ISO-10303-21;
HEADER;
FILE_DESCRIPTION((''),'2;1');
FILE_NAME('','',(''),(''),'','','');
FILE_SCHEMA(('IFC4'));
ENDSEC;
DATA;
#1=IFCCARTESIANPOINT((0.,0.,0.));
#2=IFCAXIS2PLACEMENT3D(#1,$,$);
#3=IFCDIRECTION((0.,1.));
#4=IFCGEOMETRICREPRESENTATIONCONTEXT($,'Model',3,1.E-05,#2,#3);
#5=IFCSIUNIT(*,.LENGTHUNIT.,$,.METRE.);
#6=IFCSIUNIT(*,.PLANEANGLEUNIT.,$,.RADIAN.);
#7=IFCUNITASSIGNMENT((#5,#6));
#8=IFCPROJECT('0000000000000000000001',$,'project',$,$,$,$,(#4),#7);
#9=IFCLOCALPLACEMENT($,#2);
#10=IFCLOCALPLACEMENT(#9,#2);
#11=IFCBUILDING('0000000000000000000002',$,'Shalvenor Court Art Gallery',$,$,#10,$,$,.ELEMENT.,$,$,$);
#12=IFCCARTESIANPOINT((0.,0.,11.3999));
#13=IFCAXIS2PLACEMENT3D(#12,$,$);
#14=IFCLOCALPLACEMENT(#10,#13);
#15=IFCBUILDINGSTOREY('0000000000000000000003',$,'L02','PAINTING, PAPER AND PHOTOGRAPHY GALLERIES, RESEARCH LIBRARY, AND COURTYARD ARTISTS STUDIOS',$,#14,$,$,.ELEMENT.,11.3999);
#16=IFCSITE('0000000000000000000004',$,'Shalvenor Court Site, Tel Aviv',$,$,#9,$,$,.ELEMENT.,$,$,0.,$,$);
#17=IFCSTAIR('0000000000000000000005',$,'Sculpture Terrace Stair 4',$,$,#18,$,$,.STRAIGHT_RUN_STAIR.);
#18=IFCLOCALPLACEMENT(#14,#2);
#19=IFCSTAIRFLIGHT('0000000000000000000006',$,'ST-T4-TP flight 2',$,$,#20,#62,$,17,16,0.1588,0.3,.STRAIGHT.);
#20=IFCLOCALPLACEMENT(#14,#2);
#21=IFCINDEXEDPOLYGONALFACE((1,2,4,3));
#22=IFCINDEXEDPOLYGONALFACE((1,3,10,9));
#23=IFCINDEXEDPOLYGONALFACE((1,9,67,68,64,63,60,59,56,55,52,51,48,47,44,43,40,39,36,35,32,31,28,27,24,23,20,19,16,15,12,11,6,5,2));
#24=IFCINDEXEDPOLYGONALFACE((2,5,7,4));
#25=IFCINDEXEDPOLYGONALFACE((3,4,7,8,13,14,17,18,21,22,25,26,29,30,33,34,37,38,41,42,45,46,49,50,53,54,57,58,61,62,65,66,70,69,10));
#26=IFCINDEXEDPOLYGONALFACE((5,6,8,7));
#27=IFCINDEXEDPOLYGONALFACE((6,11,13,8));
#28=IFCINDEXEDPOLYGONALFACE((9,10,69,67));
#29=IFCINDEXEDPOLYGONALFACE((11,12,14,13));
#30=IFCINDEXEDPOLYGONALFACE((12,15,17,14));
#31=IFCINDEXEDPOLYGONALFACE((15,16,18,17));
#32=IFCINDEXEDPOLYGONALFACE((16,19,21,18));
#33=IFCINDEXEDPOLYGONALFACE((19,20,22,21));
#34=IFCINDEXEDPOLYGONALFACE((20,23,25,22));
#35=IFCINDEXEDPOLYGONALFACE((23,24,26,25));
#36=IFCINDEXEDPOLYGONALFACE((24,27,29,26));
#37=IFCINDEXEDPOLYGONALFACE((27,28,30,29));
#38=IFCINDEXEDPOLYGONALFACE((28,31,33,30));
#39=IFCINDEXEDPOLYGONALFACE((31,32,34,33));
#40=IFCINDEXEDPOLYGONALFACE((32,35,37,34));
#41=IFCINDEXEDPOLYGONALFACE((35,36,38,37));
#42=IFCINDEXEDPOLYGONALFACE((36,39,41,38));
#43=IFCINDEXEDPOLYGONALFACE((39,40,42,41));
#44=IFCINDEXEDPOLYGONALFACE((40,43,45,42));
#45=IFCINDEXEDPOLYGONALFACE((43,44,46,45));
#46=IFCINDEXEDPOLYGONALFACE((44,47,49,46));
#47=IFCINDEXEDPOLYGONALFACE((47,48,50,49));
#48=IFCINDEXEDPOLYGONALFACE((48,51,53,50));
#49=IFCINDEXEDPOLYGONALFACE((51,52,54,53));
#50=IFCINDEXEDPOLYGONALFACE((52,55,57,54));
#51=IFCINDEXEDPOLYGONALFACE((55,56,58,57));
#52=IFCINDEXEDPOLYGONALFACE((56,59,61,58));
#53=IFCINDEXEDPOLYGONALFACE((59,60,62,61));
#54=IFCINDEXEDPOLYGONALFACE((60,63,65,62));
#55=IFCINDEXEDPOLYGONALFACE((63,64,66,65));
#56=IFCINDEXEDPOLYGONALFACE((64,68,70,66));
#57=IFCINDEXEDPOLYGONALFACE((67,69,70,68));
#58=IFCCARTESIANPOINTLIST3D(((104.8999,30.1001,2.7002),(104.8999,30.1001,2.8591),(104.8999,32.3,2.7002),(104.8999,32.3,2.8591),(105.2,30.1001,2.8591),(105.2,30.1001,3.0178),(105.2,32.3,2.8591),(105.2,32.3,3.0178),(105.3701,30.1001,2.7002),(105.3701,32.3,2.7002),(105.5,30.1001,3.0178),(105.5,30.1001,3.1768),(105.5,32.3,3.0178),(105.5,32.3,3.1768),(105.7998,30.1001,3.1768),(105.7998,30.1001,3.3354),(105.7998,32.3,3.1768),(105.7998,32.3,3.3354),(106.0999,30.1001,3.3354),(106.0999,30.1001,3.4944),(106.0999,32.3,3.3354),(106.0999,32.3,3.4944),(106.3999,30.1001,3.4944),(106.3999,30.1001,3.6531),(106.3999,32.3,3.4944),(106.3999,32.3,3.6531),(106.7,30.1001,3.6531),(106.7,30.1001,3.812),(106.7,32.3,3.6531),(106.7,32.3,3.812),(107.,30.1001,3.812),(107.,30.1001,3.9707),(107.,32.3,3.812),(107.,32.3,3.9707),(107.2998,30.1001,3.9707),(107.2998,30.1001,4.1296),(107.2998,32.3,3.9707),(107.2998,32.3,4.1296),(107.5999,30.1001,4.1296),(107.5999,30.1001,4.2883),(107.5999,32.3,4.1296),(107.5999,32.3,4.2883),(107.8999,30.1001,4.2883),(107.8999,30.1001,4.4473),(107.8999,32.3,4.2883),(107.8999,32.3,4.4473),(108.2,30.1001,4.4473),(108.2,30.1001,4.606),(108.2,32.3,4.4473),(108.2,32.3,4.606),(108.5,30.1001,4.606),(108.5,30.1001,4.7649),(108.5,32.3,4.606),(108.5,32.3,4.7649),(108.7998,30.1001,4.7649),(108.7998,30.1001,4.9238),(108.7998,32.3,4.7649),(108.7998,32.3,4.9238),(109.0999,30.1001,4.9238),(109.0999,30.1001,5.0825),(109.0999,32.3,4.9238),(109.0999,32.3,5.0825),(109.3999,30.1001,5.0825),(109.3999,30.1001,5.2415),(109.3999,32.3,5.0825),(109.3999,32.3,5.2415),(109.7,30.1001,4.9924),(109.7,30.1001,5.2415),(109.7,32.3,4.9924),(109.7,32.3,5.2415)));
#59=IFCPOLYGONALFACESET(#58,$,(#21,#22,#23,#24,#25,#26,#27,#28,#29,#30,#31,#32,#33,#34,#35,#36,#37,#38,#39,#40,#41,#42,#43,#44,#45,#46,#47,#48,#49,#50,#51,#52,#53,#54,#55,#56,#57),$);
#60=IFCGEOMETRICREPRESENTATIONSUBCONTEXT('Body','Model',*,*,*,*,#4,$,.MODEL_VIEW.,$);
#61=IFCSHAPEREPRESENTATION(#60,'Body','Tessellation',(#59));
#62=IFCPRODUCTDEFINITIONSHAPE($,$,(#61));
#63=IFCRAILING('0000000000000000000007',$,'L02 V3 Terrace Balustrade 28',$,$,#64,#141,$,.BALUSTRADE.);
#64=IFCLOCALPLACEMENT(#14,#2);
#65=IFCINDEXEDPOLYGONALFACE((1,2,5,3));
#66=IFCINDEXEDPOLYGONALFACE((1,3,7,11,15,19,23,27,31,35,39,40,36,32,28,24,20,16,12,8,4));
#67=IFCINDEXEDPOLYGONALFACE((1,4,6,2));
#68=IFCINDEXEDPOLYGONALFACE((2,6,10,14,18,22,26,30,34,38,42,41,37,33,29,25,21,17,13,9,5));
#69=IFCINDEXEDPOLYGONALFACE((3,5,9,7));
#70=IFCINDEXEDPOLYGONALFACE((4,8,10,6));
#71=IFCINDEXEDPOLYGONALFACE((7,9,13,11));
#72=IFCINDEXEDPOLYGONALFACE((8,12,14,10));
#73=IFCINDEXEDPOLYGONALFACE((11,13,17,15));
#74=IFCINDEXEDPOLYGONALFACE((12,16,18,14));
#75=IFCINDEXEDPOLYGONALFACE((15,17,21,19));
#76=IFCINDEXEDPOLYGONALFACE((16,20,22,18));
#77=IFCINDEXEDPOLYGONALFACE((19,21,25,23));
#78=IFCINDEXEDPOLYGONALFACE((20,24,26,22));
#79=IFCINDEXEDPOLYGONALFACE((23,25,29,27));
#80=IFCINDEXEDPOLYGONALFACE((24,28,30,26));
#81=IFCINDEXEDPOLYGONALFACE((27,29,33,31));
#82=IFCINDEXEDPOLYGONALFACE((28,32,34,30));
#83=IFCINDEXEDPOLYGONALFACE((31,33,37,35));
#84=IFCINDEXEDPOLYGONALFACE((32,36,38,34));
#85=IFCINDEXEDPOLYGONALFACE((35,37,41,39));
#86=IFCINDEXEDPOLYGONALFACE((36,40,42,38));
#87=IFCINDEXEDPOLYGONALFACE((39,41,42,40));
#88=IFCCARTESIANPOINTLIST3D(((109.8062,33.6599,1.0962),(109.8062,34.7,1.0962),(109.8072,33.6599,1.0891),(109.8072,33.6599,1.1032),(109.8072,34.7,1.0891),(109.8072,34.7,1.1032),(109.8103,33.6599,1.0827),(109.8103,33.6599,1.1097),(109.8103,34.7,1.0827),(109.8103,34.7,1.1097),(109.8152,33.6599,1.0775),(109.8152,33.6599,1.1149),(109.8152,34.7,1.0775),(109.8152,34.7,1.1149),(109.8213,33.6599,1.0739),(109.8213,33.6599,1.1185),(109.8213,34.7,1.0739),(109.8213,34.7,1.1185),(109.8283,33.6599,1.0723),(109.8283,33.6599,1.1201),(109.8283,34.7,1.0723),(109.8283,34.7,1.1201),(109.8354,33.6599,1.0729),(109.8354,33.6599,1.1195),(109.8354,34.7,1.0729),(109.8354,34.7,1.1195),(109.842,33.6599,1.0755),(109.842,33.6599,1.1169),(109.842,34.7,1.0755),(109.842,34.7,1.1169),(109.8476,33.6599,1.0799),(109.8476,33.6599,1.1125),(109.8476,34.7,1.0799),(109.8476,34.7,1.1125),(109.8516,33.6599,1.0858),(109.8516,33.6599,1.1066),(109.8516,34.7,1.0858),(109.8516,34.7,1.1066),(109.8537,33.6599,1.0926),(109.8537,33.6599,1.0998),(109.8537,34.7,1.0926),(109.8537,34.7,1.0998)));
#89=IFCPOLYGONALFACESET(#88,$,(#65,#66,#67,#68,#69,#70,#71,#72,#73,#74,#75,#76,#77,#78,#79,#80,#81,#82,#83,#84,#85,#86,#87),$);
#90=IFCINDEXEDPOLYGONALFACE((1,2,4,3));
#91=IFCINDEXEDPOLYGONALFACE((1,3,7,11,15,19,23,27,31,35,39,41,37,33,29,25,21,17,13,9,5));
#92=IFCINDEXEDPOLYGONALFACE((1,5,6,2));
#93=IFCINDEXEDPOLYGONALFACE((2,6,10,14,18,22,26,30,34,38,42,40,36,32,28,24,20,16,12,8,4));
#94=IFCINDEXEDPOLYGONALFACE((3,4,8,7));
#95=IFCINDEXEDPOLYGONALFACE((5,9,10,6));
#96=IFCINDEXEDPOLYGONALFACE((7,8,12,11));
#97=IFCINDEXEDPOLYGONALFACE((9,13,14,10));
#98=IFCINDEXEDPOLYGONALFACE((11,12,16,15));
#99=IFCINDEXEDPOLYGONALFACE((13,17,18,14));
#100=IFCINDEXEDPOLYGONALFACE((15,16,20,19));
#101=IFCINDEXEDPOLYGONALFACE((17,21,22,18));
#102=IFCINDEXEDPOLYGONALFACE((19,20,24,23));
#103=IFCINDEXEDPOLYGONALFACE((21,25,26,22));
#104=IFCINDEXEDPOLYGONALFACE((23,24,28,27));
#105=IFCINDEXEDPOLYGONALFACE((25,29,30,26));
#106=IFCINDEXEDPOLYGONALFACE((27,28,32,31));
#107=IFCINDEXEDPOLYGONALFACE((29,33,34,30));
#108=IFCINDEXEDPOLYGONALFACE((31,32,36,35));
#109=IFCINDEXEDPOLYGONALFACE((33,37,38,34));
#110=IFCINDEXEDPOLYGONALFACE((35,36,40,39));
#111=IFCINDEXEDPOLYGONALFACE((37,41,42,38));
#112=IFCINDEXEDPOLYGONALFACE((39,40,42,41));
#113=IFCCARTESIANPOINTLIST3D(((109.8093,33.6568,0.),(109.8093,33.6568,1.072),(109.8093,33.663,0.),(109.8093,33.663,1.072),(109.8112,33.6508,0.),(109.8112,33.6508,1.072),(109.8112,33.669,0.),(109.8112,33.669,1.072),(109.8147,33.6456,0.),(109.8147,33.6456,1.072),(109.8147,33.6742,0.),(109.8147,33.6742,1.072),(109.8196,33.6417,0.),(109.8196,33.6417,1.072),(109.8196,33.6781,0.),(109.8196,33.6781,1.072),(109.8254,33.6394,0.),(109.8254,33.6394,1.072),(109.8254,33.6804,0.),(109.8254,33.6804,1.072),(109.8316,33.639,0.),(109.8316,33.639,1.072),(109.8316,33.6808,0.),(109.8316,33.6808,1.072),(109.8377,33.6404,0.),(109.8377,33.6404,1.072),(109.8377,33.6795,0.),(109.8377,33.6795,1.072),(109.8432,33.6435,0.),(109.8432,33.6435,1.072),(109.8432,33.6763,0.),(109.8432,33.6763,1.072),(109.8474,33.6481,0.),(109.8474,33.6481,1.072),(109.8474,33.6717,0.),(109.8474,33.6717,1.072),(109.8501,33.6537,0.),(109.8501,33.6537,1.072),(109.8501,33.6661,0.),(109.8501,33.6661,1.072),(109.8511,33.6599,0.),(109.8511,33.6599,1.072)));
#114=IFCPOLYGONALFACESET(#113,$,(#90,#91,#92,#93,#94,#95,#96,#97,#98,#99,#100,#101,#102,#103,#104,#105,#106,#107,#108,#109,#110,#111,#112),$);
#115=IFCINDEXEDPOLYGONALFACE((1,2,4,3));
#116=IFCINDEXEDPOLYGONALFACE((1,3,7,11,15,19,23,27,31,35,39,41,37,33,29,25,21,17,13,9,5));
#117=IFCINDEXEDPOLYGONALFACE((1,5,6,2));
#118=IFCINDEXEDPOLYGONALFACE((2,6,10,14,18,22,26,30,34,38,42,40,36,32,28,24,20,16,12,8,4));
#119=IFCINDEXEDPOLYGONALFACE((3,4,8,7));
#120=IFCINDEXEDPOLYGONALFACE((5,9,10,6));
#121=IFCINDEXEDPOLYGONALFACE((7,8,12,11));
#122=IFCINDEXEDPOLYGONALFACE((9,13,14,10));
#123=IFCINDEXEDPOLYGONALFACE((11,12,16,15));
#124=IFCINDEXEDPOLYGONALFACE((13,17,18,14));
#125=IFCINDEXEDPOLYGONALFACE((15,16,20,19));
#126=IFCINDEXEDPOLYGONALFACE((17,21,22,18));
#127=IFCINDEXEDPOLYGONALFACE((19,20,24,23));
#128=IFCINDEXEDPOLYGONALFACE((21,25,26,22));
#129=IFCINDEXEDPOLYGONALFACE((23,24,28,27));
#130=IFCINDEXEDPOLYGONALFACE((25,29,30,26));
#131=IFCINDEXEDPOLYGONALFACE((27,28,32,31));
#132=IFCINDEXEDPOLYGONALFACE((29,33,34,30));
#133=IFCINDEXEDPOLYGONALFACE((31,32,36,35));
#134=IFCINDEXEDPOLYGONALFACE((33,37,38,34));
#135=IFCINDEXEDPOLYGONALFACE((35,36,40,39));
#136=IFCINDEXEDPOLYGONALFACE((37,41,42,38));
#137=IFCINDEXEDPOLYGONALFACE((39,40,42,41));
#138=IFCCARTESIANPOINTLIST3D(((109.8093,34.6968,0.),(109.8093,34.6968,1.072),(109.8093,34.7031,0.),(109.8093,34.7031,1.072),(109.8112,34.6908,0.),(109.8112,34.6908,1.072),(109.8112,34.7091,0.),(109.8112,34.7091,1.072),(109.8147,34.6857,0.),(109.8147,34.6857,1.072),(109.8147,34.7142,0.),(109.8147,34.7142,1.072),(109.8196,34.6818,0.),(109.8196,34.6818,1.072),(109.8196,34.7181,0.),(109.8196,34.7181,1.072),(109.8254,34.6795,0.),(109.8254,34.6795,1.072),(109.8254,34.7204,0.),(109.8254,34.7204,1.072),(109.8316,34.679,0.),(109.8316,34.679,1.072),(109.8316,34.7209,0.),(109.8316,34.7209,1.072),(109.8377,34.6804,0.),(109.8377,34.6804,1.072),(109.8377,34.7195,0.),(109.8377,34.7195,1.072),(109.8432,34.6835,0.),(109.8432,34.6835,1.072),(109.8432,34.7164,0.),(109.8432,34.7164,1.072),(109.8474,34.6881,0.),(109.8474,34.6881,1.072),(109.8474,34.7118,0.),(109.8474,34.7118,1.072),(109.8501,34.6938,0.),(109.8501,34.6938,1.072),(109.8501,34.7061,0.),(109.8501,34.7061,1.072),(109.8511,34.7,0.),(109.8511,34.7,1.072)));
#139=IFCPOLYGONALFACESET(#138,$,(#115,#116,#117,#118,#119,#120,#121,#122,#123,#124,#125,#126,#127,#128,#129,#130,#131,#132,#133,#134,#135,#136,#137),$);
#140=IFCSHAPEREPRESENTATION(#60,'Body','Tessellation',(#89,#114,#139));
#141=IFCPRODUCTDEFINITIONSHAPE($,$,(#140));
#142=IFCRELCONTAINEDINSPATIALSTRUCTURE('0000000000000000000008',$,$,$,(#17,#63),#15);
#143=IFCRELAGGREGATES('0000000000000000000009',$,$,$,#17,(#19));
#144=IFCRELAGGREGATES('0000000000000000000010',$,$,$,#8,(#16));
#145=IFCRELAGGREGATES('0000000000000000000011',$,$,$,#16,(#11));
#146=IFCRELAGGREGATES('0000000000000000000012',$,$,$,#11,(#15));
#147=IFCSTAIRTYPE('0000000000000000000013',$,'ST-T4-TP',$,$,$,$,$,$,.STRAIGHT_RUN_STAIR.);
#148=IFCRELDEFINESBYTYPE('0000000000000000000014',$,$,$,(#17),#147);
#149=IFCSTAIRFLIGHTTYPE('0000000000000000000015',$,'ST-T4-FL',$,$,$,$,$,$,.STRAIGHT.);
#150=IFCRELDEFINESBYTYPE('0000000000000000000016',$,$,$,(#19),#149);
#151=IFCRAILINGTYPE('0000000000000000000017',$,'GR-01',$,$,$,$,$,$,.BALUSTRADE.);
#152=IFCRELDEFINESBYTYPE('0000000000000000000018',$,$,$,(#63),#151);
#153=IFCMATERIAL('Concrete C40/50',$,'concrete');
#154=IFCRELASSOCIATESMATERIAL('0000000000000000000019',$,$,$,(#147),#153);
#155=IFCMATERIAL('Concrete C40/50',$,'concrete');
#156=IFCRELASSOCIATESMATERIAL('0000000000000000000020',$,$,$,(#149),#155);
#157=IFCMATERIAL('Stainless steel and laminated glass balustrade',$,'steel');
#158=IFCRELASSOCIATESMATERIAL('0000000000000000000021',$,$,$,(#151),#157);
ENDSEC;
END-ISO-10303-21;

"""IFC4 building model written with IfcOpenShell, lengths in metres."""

from ifc_helpers import new_model, si_unit, direction, frame, origin, origin_2d, place, context, subcontext, project, spatial, polyline, circle, outline, extrude, material, type_object, element, aggregate, save


model = new_model("IFC4")

# Units and contexts
model_context = context("Model", 3, precision=1e-05, world=origin(), true_north=direction((0.0, 1.0)))
body_context = subcontext(model_context, "Body", "Model", "MODEL_VIEW")
ifc_project = project(units=[si_unit("LENGTHUNIT", "METRE"), si_unit("PLANEANGLEUNIT", "RADIAN")], contexts=[model_context])

# Site, building, storey
site_placement = place(None, origin())
site = spatial("IfcSite", under=ifc_project, at=site_placement, Name="Shalvenor Court Site, Tel Aviv", CompositionType="ELEMENT", RefElevation=0.0)
building_placement = place(site_placement, origin())
building = spatial("IfcBuilding", under=site, at=building_placement, Name="Shalvenor Court Art Gallery", CompositionType="ELEMENT")
storey_placement = place(building_placement, frame((0.0, 0.0, 11.3999)))
storey = spatial("IfcBuildingStorey", under=building, at=storey_placement, Name="L02", Description="PAINTING, PAPER AND PHOTOGRAPHY GALLERIES, RESEARCH LIBRARY, AND COURTYARD ARTISTS STUDIOS", CompositionType="ELEMENT", Elevation=11.3999)

# Stair, stair flight
ifc_material_1 = material(Name="Concrete C40/50", Category="concrete")
stair_type = type_object("IfcStairType", Name="ST-T4-TP", PredefinedType="STRAIGHT_RUN_STAIR", material=ifc_material_1)
stair_placement = place(storey_placement, origin())
stair = element("IfcStair", 1, at=stair_placement, inside=storey, type_object=stair_type, Name="Sculpture Terrace Stair 4", PredefinedType="STRAIGHT_RUN_STAIR")
ifc_material_2 = material(Name="Concrete C40/50", Category="concrete")
stair_flight_type = type_object("IfcStairFlightType", Name="ST-T4-FL", PredefinedType="STRAIGHT", material=ifc_material_2)
stair_flight_1_placement = place(storey_placement, frame((104.8999, 31.2, 2.7002), z_axis=(0.0, 0.0, 1.0), x_axis=(1.0, 0.0, 0.0)))
stair_flight_1 = element("IfcStairFlight", 2, at=stair_flight_1_placement, type_object=stair_flight_type, Name="ST-T4-TP flight 2", NumberOfRisers=17, NumberOfTreads=16, PredefinedType="STRAIGHT", RiserHeight=0.1588, TreadLength=0.3, context=body_context, shape_type="SweptSolid", body=[
    extrude(outline(polyline([(0.0, 0.0), (0.0, 0.1589), (0.3, 0.1589), (0.3, 0.3176), (0.6001, 0.3176), (0.6001, 0.4766), (0.8999, 0.4766), (0.8999, 0.6353), (1.2, 0.6353), (1.2, 0.7942), (1.5, 0.7942), (1.5, 0.9529), (1.8, 0.9529), (1.8, 1.1118), (2.1001, 1.1118), (2.1001, 1.2705), (2.3999, 1.2705), (2.3999, 1.4294), (2.7, 1.4294), (2.7, 1.5881), (3.0, 1.5881), (3.0, 1.7471), (3.3, 1.7471), (3.3, 1.9058), (3.6001, 1.9058), (3.6001, 2.0647), (3.8999, 2.0647), (3.8999, 2.2236), (4.2, 2.2236), (4.2, 2.3823), (4.5, 2.3823), (4.5, 2.5413), (4.8, 2.5413), (4.8, 2.7), (4.8, 2.2922), (0.4702, 0.0), (0.0, 0.0)])), frame((0.0, 1.1001, 0.0), z_axis=(0.0, -1.0, 0.0), x_axis=(1.0, 0.0, 0.0)), (0.0, 0.0, 1.0), 2.2),
])
aggregate(stair, [stair_flight_1])

# Railing
ifc_material_3 = material(Name="Stainless steel and laminated glass balustrade", Category="steel")
railing_type = type_object("IfcRailingType", Name="GR-01", PredefinedType="BALUSTRADE", material=ifc_material_3)
railing_1_placement = place(storey_placement, frame((109.8301, 33.6599, 0.0)))
element("IfcRailing", 3, at=railing_1_placement, inside=storey, type_object=railing_type, Name="L02 V3 Terrace Balustrade 28", PredefinedType="BALUSTRADE", context=body_context, shape_type="SweptSolid", body=[
    extrude(circle(Radius=0.0239, at=origin_2d()), frame((0.0, 0.0, 1.0962), z_axis=(0.0, 1.0, 0.0), x_axis=(-1.0, 0.0, 0.0)), (0.0, 0.0, 1.0), 1.04),
    extrude(circle(Radius=0.021, at=origin_2d()), origin(), (0.0, 0.0, 1.0), 1.072),
    extrude(circle(Radius=0.021, at=origin_2d()), frame((0.0, 1.04, 0.0)), (0.0, 0.0, 1.0), 1.072),
])

save(model, "model.ifc")
